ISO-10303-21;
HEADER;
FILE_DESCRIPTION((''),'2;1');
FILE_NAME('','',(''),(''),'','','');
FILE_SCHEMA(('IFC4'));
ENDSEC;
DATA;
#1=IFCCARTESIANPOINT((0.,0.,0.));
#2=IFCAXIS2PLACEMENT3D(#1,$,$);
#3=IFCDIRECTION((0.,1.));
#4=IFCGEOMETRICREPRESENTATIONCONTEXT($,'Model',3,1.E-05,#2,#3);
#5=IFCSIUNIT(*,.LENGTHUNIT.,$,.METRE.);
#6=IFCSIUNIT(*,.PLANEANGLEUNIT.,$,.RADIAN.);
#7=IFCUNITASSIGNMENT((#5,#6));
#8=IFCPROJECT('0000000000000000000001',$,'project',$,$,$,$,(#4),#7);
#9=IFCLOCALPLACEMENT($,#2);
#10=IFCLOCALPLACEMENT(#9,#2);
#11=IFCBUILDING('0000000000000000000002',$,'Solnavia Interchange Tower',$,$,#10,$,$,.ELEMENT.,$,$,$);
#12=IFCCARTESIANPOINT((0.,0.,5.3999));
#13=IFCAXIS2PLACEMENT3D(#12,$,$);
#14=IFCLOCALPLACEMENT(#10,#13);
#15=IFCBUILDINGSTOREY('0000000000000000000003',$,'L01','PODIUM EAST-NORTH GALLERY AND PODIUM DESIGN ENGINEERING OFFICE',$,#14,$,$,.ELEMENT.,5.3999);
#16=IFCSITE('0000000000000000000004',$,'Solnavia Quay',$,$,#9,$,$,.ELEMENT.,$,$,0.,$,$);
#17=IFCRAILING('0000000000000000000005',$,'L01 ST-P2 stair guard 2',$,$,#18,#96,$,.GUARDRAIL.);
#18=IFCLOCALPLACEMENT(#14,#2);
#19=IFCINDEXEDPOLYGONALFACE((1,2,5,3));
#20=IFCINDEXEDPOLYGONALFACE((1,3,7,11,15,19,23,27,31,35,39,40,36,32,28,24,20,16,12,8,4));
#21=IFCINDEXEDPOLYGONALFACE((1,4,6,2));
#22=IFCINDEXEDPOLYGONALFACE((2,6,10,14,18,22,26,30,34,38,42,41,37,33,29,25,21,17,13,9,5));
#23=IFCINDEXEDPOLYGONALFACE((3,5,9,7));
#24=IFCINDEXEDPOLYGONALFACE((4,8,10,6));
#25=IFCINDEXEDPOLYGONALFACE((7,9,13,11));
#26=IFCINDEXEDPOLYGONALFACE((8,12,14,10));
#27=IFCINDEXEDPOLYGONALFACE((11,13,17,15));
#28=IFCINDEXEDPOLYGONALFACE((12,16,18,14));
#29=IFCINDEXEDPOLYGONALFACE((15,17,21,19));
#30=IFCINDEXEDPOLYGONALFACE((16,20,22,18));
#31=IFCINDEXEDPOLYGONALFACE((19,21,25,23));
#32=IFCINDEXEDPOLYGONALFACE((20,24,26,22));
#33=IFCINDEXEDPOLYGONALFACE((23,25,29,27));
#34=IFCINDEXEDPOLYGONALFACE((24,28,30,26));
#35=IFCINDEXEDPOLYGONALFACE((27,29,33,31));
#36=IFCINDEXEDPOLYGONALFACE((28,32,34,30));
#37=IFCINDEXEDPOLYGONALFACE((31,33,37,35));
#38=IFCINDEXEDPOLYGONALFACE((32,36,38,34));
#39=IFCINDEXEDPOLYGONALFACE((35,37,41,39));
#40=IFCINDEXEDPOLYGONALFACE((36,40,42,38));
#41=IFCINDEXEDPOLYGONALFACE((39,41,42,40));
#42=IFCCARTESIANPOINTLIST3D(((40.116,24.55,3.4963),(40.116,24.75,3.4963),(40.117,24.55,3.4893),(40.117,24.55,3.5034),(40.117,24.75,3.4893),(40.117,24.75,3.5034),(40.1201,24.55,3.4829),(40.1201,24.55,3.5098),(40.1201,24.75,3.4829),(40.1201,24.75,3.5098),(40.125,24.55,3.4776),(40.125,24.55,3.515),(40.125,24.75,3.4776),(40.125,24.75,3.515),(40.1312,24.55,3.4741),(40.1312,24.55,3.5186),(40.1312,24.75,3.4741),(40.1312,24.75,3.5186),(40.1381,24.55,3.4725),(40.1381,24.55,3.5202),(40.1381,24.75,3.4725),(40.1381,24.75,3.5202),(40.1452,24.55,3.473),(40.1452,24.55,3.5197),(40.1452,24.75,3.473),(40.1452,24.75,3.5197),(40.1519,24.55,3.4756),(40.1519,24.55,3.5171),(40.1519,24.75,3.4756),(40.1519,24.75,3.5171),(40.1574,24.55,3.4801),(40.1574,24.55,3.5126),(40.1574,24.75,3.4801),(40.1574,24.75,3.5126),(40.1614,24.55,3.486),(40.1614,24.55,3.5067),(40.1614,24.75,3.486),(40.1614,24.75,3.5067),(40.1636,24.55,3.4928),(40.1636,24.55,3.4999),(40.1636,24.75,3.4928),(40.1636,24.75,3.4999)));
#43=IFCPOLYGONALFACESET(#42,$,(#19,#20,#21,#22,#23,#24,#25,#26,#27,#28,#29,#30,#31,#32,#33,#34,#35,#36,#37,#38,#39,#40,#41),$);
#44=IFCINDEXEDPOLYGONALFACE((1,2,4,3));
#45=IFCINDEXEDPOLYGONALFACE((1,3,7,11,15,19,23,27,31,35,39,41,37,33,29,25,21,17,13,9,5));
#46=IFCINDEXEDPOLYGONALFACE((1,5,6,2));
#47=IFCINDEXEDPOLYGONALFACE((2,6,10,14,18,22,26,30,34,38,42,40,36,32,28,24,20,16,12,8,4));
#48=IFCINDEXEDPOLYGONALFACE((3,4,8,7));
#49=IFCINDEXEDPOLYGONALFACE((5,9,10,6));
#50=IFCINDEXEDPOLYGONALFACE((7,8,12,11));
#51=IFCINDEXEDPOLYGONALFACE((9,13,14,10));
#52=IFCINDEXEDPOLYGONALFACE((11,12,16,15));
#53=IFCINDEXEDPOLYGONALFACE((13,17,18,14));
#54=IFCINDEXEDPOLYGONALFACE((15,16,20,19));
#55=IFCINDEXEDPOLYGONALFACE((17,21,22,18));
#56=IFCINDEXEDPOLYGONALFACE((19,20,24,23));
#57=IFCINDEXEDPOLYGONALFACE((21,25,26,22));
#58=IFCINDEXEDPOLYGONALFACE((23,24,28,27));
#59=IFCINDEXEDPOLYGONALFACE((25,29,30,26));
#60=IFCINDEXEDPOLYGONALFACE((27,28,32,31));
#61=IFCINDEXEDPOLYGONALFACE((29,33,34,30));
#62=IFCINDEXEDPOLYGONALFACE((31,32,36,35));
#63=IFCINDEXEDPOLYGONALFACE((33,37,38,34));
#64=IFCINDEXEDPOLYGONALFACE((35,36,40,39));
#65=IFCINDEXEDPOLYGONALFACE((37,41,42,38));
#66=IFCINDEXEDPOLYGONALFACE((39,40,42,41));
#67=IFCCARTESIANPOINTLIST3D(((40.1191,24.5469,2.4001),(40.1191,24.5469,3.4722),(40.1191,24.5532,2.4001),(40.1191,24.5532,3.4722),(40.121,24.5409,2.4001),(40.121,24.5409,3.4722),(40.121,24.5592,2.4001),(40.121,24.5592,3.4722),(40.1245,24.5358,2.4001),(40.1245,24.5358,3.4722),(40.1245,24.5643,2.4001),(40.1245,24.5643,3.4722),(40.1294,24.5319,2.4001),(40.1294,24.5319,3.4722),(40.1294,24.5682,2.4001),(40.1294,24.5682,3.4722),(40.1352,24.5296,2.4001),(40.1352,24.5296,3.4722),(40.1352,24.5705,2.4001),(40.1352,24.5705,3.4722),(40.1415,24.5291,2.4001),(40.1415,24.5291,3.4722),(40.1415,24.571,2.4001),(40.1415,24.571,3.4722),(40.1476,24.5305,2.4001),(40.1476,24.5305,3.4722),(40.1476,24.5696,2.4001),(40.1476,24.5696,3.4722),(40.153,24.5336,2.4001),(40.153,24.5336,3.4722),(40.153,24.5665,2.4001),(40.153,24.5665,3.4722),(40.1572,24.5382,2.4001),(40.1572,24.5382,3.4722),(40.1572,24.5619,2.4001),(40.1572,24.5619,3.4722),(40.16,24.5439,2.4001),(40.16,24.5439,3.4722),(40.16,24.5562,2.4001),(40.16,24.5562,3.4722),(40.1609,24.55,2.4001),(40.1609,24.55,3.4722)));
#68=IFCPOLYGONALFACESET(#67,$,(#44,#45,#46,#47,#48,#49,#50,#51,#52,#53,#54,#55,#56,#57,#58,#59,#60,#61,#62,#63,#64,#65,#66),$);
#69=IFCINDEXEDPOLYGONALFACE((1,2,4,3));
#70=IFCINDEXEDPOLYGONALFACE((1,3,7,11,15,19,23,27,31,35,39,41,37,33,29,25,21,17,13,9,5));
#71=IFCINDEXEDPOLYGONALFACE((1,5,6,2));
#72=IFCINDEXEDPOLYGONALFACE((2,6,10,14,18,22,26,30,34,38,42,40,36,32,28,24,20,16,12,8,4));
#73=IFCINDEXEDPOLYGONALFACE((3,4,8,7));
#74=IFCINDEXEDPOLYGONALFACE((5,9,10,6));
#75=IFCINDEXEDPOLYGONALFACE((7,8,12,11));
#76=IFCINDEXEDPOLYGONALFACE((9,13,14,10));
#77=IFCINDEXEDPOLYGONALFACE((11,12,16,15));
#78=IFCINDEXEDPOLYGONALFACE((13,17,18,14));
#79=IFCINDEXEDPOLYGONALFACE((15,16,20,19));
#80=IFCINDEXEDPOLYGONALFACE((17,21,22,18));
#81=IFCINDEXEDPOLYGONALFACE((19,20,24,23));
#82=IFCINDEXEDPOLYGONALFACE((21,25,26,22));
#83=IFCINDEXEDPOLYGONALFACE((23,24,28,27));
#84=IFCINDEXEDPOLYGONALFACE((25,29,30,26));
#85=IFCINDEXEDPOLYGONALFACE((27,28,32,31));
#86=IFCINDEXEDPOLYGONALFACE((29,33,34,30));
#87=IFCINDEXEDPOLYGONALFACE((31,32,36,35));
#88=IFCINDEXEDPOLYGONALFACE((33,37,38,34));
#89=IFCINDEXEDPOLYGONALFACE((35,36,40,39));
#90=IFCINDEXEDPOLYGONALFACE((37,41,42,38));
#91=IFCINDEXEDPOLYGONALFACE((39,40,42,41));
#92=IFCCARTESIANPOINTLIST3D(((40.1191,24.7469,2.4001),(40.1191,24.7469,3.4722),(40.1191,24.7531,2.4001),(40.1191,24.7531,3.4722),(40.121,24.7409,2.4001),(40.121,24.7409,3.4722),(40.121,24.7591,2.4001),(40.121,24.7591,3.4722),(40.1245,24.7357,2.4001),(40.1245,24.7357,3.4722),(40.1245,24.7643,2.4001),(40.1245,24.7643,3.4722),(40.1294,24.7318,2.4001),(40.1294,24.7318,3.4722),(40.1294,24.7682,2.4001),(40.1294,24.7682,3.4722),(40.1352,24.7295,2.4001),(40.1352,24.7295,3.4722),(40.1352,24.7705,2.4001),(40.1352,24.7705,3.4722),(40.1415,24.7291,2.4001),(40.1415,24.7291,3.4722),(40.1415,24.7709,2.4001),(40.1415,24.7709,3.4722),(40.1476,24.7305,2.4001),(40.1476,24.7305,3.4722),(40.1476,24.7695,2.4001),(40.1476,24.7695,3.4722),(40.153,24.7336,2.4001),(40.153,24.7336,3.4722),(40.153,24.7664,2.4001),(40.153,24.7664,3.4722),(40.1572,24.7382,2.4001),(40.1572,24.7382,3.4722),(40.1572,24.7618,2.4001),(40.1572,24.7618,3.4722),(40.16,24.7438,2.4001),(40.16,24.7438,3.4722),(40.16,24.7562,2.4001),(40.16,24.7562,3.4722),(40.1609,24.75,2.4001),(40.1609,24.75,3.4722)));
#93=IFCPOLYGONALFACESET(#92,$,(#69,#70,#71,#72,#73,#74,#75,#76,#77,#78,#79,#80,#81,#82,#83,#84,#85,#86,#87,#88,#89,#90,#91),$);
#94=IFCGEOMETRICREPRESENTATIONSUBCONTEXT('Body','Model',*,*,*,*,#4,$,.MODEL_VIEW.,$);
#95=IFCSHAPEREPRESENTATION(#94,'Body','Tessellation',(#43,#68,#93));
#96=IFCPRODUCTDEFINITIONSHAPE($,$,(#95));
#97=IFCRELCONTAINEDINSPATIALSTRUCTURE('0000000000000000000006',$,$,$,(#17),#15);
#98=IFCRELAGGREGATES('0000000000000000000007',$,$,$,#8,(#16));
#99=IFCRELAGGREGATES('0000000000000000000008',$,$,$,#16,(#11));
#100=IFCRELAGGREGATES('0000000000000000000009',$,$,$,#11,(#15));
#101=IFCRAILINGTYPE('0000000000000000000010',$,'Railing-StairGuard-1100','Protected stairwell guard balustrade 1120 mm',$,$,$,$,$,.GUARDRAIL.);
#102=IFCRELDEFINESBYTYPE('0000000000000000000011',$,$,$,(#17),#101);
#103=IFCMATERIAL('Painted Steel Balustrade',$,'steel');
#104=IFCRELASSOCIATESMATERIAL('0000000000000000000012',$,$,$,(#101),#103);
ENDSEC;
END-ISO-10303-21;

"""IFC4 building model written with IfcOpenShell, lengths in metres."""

from ifc_helpers import new_model, si_unit, direction, frame, origin, origin_2d, place, context, subcontext, project, spatial, circle, extrude, material, type_object, element, save


model = new_model("IFC4")

# Units and contexts
model_context = context("Model", 3, precision=1e-05, world=origin(), true_north=direction((0.0, 1.0)))
body_context = subcontext(model_context, "Body", "Model", "MODEL_VIEW")
ifc_project = project(units=[si_unit("LENGTHUNIT", "METRE"), si_unit("PLANEANGLEUNIT", "RADIAN")], contexts=[model_context])

# Site, building, storey
site_placement = place(None, origin())
site = spatial("IfcSite", under=ifc_project, at=site_placement, Name="Solnavia Quay", CompositionType="ELEMENT", RefElevation=0.0)
building_placement = place(site_placement, origin())
building = spatial("IfcBuilding", under=site, at=building_placement, Name="Solnavia Interchange Tower", CompositionType="ELEMENT")
storey_placement = place(building_placement, frame((0.0, 0.0, 5.3999)))
storey = spatial("IfcBuildingStorey", under=building, at=storey_placement, Name="L01", Description="PODIUM EAST-NORTH GALLERY AND PODIUM DESIGN ENGINEERING OFFICE", CompositionType="ELEMENT", Elevation=5.3999)

# Railing
ifc_material_1 = material(Name="Painted Steel Balustrade", Category="steel")
railing_type_1 = type_object("IfcRailingType", Name="Railing-StairGuard-1100", Description="Protected stairwell guard balustrade 1120 mm", PredefinedType="GUARDRAIL", material=ifc_material_1)
railing_1_placement = place(storey_placement, frame((40.1399, 24.55, 2.4001)))
element("IfcRailing", 1, at=railing_1_placement, inside=storey, type_object=railing_type_1, Name="L01 ST-P2 stair guard 2", PredefinedType="GUARDRAIL", context=body_context, shape_type="SweptSolid", body=[
    extrude(circle(Radius=0.0239, at=origin_2d()), frame((0.0, 0.0, 1.0962), z_axis=(0.0, 1.0, 0.0), x_axis=(-1.0, 0.0, 0.0)), (0.0, 0.0, 1.0), 0.2),
    extrude(circle(Radius=0.021, at=origin_2d()), origin(), (0.0, 0.0, 1.0), 1.072),
    extrude(circle(Radius=0.021, at=origin_2d()), frame((0.0, 0.2, 0.0)), (0.0, 0.0, 1.0), 1.072),
])

save(model, "model.ifc")
